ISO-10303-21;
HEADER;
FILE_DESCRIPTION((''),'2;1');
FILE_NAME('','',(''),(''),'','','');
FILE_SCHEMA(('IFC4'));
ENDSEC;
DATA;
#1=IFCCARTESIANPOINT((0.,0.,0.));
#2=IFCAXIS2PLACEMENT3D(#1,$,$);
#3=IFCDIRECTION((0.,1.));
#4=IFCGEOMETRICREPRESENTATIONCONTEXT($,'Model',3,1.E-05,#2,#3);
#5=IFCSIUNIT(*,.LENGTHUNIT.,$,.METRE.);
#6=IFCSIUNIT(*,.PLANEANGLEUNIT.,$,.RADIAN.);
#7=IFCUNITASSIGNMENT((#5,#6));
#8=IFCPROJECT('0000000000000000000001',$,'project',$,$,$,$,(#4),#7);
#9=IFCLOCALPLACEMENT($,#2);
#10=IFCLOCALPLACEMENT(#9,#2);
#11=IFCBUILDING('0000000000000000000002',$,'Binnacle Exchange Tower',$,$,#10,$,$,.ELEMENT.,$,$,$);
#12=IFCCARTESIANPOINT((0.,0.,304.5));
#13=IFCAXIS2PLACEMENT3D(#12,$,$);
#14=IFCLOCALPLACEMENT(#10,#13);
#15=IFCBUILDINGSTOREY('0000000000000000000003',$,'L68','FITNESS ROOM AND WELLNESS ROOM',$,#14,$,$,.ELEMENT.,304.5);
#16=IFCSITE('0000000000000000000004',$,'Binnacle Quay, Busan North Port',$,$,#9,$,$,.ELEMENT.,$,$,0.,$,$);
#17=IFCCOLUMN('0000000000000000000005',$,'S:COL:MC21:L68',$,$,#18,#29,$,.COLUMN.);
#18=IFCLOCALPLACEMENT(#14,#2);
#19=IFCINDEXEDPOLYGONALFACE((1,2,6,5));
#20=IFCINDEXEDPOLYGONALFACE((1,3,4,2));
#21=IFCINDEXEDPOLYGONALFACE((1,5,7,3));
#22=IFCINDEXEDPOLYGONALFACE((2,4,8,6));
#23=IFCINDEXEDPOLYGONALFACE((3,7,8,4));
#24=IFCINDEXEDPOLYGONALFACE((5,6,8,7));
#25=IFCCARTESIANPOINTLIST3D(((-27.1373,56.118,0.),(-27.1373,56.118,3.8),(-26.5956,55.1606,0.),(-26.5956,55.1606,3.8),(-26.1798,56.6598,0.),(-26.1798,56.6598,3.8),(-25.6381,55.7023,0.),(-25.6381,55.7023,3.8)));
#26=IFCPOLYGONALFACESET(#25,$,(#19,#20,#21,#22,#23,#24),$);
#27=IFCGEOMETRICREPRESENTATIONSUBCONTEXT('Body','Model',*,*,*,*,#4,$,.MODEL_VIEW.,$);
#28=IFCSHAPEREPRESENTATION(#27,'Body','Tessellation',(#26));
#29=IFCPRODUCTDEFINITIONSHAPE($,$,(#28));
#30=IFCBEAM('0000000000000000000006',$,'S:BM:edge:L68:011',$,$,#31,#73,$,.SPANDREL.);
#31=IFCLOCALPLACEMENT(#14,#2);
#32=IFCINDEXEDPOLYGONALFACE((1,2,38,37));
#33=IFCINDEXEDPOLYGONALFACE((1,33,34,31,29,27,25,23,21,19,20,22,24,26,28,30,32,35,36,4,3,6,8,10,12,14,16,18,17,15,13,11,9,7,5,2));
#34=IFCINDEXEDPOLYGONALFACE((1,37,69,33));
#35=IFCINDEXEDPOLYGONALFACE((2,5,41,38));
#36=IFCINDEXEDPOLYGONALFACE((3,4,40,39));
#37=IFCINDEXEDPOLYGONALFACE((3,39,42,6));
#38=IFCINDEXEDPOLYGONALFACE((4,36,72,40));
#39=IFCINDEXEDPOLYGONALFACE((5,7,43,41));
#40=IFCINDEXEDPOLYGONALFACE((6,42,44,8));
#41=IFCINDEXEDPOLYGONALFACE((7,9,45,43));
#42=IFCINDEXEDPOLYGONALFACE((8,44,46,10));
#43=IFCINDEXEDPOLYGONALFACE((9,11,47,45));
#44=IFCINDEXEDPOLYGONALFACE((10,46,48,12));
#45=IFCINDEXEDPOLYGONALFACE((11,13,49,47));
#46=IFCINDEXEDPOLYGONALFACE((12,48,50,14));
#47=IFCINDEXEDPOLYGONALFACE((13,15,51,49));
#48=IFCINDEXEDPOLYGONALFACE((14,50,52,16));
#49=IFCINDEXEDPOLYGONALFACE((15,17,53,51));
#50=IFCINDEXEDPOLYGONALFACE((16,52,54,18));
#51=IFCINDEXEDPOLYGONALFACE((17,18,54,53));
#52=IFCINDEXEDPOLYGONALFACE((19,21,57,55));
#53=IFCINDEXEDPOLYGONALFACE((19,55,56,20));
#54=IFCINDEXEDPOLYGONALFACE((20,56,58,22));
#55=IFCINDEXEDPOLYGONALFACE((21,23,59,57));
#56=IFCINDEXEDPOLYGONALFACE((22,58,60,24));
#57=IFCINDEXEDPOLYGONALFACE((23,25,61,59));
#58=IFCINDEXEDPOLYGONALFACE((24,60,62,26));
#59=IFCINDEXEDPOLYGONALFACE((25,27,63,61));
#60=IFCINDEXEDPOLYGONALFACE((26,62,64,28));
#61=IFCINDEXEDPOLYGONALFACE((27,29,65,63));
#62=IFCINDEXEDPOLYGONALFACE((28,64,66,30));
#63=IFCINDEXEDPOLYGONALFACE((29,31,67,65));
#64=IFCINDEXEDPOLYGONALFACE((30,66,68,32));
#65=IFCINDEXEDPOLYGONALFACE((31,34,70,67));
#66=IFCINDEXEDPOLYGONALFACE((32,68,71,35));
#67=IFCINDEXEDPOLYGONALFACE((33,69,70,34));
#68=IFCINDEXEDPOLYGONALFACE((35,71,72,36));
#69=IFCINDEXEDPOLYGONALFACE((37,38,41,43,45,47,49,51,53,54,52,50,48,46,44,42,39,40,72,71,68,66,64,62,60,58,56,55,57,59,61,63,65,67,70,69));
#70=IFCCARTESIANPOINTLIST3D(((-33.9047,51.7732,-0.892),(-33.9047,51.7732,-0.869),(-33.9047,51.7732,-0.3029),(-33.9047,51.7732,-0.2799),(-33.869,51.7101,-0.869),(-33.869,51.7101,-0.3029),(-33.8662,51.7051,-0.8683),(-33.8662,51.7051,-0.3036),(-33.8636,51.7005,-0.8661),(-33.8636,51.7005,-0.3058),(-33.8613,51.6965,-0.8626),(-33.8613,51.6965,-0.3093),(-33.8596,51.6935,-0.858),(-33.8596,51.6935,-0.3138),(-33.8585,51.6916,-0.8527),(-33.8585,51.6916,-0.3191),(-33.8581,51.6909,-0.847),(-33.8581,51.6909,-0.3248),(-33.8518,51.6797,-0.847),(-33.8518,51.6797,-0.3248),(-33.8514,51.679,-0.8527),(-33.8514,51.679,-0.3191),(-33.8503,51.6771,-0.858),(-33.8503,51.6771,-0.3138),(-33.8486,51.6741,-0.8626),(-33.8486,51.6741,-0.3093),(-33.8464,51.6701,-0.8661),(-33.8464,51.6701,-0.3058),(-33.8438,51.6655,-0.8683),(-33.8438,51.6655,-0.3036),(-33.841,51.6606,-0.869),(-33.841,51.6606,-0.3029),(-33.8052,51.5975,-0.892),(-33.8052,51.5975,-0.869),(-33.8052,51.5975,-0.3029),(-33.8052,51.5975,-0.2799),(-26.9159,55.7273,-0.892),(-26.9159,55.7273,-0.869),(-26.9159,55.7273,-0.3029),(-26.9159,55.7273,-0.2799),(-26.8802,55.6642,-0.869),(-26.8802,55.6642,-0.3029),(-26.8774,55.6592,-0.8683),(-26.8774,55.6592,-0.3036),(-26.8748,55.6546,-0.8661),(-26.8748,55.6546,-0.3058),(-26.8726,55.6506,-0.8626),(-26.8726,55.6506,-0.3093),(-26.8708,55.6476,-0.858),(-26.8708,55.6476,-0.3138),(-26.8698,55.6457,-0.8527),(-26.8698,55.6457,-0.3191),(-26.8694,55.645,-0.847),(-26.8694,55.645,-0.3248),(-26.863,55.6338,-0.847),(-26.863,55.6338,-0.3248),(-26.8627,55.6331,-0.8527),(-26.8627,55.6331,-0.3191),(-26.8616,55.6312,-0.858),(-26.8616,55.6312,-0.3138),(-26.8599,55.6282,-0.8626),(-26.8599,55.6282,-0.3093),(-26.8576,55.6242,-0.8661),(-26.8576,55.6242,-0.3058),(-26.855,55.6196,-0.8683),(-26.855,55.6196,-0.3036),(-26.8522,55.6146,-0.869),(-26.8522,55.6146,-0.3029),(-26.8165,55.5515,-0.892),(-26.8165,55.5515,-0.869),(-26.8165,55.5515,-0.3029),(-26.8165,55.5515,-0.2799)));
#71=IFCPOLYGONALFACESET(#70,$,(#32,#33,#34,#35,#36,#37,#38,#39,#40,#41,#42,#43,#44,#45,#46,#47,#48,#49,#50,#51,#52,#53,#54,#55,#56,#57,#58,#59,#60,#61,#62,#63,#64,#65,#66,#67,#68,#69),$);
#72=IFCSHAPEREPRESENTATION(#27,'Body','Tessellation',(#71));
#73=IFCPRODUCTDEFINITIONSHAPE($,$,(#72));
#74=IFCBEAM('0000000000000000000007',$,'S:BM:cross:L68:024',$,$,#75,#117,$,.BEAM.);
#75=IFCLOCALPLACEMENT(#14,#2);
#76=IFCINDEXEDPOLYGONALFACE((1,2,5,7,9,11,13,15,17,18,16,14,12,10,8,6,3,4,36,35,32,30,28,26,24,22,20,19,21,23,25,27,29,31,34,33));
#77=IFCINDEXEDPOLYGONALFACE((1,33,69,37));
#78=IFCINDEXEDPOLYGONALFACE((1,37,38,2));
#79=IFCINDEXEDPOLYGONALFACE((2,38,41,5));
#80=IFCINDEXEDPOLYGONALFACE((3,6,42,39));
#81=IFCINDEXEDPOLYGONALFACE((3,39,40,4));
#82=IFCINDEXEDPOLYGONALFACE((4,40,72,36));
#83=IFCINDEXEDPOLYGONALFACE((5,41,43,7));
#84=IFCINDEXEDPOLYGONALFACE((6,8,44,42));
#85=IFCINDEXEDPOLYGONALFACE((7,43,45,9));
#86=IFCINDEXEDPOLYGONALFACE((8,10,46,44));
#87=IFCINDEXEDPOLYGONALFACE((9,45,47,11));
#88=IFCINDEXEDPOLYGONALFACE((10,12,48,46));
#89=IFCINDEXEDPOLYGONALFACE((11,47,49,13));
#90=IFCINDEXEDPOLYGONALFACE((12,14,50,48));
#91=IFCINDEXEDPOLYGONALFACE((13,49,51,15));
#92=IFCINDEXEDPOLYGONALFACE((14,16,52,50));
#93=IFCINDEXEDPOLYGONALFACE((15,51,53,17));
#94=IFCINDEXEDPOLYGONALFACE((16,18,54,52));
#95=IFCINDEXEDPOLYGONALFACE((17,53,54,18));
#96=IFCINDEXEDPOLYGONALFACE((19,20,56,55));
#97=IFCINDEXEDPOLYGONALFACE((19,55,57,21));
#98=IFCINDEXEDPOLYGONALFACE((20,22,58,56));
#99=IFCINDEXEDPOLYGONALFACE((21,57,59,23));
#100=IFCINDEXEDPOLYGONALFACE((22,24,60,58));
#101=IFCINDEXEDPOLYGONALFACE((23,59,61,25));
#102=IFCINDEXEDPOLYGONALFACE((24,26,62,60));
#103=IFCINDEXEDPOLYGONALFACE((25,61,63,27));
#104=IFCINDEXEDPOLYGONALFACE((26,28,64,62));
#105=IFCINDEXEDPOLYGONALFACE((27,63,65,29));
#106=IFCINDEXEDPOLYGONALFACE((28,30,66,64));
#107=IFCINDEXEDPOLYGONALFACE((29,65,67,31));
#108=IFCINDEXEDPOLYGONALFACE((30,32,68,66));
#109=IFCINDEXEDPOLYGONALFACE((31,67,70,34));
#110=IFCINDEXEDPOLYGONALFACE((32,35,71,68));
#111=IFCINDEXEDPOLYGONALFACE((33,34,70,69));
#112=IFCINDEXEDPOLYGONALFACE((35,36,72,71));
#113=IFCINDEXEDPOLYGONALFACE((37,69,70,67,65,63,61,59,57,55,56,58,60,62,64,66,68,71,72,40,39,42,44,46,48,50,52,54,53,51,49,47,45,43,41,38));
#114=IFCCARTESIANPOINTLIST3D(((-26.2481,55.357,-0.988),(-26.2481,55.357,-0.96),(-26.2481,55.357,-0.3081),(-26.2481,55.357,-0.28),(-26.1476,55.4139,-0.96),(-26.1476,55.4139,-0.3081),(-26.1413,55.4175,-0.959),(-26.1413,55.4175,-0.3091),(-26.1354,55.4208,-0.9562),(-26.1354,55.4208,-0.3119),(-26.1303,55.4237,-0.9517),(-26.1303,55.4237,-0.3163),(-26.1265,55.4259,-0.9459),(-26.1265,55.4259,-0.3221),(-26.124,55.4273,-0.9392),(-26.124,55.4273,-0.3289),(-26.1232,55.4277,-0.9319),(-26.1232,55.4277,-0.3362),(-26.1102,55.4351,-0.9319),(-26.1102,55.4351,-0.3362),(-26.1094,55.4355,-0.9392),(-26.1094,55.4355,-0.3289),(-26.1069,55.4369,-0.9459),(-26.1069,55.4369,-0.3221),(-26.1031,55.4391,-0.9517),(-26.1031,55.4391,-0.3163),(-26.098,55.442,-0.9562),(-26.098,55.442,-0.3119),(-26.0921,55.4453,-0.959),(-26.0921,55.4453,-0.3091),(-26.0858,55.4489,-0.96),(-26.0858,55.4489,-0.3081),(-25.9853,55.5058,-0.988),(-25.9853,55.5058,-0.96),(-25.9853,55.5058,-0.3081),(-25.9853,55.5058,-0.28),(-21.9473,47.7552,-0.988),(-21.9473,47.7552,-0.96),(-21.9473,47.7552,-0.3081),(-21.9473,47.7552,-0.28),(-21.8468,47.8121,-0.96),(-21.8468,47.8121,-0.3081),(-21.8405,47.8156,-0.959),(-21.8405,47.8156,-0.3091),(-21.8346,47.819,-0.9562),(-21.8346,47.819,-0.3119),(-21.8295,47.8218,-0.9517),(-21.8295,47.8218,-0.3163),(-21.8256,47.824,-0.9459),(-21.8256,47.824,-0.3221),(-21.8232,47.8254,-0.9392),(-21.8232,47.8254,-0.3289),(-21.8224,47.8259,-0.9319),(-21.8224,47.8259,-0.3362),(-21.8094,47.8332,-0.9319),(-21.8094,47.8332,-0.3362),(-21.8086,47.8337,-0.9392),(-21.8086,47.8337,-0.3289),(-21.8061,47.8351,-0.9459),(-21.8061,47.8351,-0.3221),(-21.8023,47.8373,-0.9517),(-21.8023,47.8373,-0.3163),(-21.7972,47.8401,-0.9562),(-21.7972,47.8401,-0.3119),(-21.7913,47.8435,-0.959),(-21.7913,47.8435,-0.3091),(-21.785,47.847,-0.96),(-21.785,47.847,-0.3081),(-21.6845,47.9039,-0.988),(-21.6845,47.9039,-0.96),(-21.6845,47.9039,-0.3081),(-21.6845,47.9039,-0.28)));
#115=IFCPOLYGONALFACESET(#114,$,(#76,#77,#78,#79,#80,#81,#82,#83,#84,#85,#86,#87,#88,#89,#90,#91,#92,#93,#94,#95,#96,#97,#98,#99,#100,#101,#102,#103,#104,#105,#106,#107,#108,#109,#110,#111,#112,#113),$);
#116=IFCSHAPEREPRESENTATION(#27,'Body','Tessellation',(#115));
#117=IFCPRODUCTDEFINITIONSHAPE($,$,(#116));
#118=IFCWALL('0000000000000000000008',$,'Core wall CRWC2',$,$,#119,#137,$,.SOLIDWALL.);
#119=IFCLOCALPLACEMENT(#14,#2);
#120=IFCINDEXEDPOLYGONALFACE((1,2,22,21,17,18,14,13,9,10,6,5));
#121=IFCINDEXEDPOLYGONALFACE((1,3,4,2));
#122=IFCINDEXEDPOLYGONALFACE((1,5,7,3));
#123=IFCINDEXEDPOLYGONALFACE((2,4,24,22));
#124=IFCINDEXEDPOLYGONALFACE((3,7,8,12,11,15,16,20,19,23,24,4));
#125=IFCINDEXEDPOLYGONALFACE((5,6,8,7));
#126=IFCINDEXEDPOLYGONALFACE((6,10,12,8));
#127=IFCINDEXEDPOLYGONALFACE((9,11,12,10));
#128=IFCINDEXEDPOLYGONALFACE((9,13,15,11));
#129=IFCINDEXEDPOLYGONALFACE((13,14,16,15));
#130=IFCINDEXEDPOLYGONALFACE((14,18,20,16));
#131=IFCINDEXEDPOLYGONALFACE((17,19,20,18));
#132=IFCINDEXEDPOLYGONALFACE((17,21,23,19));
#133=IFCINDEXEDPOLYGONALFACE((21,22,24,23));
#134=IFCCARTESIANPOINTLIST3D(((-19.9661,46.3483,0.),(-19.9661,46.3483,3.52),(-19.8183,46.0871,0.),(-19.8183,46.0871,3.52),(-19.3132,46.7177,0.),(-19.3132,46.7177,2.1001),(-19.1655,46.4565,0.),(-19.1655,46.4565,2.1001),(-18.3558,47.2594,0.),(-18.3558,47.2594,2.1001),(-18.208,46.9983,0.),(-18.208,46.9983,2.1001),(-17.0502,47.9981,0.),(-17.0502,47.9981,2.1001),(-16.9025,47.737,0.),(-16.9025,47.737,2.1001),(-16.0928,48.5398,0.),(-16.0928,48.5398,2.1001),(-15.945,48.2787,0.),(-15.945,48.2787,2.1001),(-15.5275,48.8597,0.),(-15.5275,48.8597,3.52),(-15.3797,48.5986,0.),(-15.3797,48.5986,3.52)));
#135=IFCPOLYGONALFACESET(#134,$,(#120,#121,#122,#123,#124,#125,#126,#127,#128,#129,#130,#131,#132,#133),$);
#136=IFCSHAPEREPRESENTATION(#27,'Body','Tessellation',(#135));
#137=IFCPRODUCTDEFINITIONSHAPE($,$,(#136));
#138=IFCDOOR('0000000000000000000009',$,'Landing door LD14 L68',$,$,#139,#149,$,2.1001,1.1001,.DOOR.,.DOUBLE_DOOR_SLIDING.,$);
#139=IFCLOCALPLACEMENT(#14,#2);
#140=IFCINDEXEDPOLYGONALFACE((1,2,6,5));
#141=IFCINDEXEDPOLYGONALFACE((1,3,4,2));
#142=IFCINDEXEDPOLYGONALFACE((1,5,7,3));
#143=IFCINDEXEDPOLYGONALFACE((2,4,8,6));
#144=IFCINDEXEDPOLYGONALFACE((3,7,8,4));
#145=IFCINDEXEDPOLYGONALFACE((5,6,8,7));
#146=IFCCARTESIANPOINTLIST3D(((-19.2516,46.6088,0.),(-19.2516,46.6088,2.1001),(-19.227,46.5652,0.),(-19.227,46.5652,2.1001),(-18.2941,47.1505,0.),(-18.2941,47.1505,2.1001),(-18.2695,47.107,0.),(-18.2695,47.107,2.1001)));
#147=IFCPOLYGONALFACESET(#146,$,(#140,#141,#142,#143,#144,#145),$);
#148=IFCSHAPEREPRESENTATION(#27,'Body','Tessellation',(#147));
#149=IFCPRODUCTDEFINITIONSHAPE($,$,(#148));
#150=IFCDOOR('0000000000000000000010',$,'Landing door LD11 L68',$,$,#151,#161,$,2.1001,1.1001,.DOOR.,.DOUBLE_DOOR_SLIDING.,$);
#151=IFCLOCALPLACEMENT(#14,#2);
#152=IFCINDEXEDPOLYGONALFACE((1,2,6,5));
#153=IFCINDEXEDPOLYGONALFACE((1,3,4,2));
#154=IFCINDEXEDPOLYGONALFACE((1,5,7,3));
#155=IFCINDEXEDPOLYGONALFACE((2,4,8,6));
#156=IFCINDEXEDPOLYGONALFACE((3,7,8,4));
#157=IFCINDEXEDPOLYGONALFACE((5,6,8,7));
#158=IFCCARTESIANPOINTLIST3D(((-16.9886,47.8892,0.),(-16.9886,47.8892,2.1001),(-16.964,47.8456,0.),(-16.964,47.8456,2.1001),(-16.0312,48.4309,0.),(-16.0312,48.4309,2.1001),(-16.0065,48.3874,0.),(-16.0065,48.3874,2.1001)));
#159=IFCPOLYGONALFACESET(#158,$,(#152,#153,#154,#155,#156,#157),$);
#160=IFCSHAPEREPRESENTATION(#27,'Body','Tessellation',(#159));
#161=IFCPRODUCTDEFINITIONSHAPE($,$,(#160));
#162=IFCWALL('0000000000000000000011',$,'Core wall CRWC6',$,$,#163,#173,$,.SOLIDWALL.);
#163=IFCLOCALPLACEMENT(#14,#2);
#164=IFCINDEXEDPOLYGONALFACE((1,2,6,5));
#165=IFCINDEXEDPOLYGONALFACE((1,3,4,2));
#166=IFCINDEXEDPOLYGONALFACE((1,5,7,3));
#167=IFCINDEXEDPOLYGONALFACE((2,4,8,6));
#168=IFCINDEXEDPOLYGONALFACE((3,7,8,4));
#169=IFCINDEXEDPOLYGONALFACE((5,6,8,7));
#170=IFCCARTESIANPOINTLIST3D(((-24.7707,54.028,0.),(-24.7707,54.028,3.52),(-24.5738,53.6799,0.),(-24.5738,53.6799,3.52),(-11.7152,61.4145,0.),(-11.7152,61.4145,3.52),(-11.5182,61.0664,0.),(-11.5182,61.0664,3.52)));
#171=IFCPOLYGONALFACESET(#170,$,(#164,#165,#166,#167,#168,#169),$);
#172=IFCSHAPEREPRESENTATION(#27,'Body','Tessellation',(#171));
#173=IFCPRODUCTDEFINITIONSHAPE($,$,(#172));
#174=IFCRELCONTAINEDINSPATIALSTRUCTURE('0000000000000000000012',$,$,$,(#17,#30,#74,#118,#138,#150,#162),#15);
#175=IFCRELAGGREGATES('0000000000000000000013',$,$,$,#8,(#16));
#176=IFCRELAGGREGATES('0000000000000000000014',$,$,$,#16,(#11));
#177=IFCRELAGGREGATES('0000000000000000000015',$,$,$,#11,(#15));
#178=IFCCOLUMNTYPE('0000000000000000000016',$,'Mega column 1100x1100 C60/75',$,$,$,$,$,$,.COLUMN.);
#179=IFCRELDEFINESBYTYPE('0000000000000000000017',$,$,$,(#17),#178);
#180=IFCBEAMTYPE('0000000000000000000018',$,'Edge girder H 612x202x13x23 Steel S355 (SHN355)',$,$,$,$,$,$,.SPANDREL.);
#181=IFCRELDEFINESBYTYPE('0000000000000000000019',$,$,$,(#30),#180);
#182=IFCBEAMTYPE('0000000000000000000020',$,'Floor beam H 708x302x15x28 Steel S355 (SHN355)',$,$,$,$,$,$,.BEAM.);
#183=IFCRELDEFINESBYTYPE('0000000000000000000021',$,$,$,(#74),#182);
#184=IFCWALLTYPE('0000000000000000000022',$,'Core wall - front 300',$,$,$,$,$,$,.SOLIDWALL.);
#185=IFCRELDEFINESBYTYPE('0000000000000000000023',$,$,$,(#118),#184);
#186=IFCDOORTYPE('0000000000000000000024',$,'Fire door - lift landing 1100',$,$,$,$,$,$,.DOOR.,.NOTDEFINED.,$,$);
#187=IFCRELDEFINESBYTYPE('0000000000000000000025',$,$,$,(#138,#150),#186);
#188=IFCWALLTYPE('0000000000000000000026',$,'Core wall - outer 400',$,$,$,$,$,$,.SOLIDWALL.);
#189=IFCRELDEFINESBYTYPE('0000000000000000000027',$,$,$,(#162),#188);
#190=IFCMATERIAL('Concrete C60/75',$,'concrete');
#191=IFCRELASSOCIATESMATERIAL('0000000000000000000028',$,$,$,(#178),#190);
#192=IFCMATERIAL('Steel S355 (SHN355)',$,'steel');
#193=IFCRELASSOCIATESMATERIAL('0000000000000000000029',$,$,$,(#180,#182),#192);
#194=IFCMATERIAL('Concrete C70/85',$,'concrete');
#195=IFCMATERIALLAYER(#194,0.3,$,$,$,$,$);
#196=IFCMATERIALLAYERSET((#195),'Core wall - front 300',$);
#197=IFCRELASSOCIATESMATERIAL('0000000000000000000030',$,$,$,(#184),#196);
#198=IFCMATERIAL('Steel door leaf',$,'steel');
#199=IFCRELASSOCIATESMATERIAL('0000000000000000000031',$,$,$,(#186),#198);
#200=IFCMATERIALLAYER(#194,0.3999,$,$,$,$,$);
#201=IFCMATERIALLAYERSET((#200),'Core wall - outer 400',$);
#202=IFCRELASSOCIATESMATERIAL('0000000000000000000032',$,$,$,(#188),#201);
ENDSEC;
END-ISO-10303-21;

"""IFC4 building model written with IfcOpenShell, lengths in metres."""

from ifc_helpers import new_model, si_unit, direction, frame, frame_2d, origin, origin_2d, place, context, subcontext, project, spatial, rectangle, i_section, extrude, material, layer, layer_set, material_profile, profile_set, type_object, element, fill, save


model = new_model("IFC4")

# Units and contexts
model_context = context("Model", 3, precision=1e-05, world=origin(), true_north=direction((0.0, 1.0)))
body_context = subcontext(model_context, "Body", "Model", "MODEL_VIEW")
ifc_project = project(units=[si_unit("LENGTHUNIT", "METRE"), si_unit("PLANEANGLEUNIT", "RADIAN")], contexts=[model_context])

# Site, building, storey
site_placement = place(None, origin())
site = spatial("IfcSite", under=ifc_project, at=site_placement, Name="Binnacle Quay, Busan North Port", CompositionType="ELEMENT", RefElevation=0.0)
building_placement = place(site_placement, origin())
building = spatial("IfcBuilding", under=site, at=building_placement, Name="Binnacle Exchange Tower", CompositionType="ELEMENT")
storey_placement = place(building_placement, frame((0.0, 0.0, 304.5)))
storey = spatial("IfcBuildingStorey", under=building, at=storey_placement, Name="L68", Description="FITNESS ROOM AND WELLNESS ROOM", CompositionType="ELEMENT", Elevation=304.5)

# Column
ifc_material_1 = material(Name="Concrete C60/75", Category="concrete")
ifc_material_profile_1 = material_profile(ifc_material_1, rectangle(XDim=1.1001, YDim=1.1001, at=origin_2d()), Name="Mega column 1100x1100 C60/75")
ifc_profile_set_1 = profile_set([ifc_material_profile_1], Name="Concrete C60/75")
column_type = type_object("IfcColumnType", Name="Mega column 1100x1100 C60/75", PredefinedType="COLUMN", material=ifc_profile_set_1)
column_placement = place(storey_placement, frame((-26.3877, 55.9102, 0.0), z_axis=(0.0, 0.0, 1.0), x_axis=(-0.870356, -0.492424, 0.0)))
element("IfcColumn", 1, at=column_placement, inside=storey, type_object=column_type, Name="S:COL:MC21:L68", PredefinedType="COLUMN", context=body_context, shape_type="SweptSolid", body=[
    extrude(rectangle(XDim=1.1001, YDim=1.1001, at=origin_2d()), origin(), (0.0, 0.0, 1.0), 3.8),
])

# Beams
ifc_material_2 = material(Name="Steel S355 (SHN355)", Category="steel")
ifc_material_profile_2 = material_profile(ifc_material_2, i_section(OverallWidth=0.2019, OverallDepth=0.6121, WebThickness=0.0129, FlangeThickness=0.0229, FilletRadius=0.022, at=origin_2d()), Name="H 612x202x13x23")
ifc_profile_set_2 = profile_set([ifc_material_profile_2], Name="Steel S355 (SHN355)")
beam_type_1 = type_object("IfcBeamType", Name="Edge girder H 612x202x13x23 Steel S355 (SHN355)", PredefinedType="SPANDREL", material=ifc_profile_set_2)
beam_1_placement = place(storey_placement, frame((-26.8662, 55.6394, -0.5859), z_axis=(-0.870353, -0.492428, 0.0), x_axis=(0.492428, -0.870353, 0.0)))
element("IfcBeam", 2, at=beam_1_placement, inside=storey, type_object=beam_type_1, Name="S:BM:edge:L68:011", PredefinedType="SPANDREL", context=body_context, shape_type="SweptSolid", body=[
    extrude(i_section(OverallWidth=0.2019, OverallDepth=0.6121, WebThickness=0.0129, FlangeThickness=0.0229, FilletRadius=0.022, at=origin_2d()), origin(), (0.0, 0.0, 1.0), 8.0298),
])
ifc_material_profile_3 = material_profile(ifc_material_2, i_section(OverallWidth=0.302, OverallDepth=0.708, WebThickness=0.0149, FlangeThickness=0.0281, FilletRadius=0.0281, at=origin_2d()), Name="H 708x302x15x28")
ifc_profile_set_3 = profile_set([ifc_material_profile_3], Name="Steel S355 (SHN355)")
beam_type_2 = type_object("IfcBeamType", Name="Floor beam H 708x302x15x28 Steel S355 (SHN355)", PredefinedType="BEAM", material=ifc_profile_set_3)
beam_2_placement = place(storey_placement, frame((-26.1167, 55.4314, -0.634), z_axis=(0.492414, -0.870361, 0.0), x_axis=(0.870361, 0.492414, 0.0)))
element("IfcBeam", 3, at=beam_2_placement, inside=storey, type_object=beam_type_2, Name="S:BM:cross:L68:024", PredefinedType="BEAM", context=body_context, shape_type="SweptSolid", body=[
    extrude(i_section(OverallWidth=0.302, OverallDepth=0.708, WebThickness=0.0149, FlangeThickness=0.0281, FilletRadius=0.0281, at=origin_2d()), origin(), (0.0, 0.0, 1.0), 8.7341),
])

# Wall, openings, doors
ifc_material_3 = material(Name="Concrete C70/85", Category="concrete")
ifc_layer_1 = layer(ifc_material_3, 0.3)
ifc_layer_set_1 = layer_set([ifc_layer_1], Name="Core wall - front 300")
wall_type_1 = type_object("IfcWallType", Name="Core wall - front 300", PredefinedType="SOLIDWALL", material=ifc_layer_set_1)
wall_1_placement = place(storey_placement, frame((-19.8921, 46.2178, 0.0), z_axis=(0.0, 0.0, 1.0), x_axis=(0.870342, 0.492448, 0.0)))
wall_1 = element("IfcWall", 4, at=wall_1_placement, inside=storey, type_object=wall_type_1, Name="Core wall CRWC2", PredefinedType="SOLIDWALL", context=body_context, shape_type="SweptSolid", body=[
    extrude(rectangle(XDim=5.0999, YDim=0.3, at=frame_2d((2.5498, 0.0))), origin(), (0.0, 0.0, 1.0), 3.52),
])
opening_1_placement = place(wall_1_placement, frame((0.75, 0.0, 0.0)))
opening_1 = element("IfcOpeningElement", 5, at=opening_1_placement, cuts=wall_1, PredefinedType="OPENING", context=body_context, shape_type="SweptSolid", body=[
    extrude(rectangle(XDim=1.1001, YDim=2.1001, at=frame_2d((0.55, 1.05))), frame((0.0, 0.1599, 0.0), z_axis=(0.0, -1.0, 0.0), x_axis=(1.0, 0.0, 0.0)), (0.0, 0.0, 1.0), 0.3201),
])
opening_2_placement = place(wall_1_placement, frame((3.3501, 0.0, 0.0)))
opening_2 = element("IfcOpeningElement", 6, at=opening_2_placement, cuts=wall_1, PredefinedType="OPENING", context=body_context, shape_type="SweptSolid", body=[
    extrude(rectangle(XDim=1.1001, YDim=2.1001, at=frame_2d((0.55, 1.05))), frame((0.0, 0.1599, 0.0), z_axis=(0.0, -1.0, 0.0), x_axis=(1.0, 0.0, 0.0)), (0.0, 0.0, 1.0), 0.3201),
])
ifc_material_4 = material(Name="Steel door leaf", Category="steel")
door_type_1 = type_object("IfcDoorType", Name="Fire door - lift landing 1100", OperationType="NOTDEFINED", PredefinedType="DOOR", material=ifc_material_4)
door_1_placement = place(opening_1_placement, origin())
door_1 = element("IfcDoor", 7, at=door_1_placement, inside=storey, type_object=door_type_1, Name="Landing door LD14 L68", OperationType="DOUBLE_DOOR_SLIDING", OverallHeight=2.1001, OverallWidth=1.1001, PredefinedType="DOOR", context=body_context, shape_type="SweptSolid", body=[
    extrude(rectangle(XDim=1.1001, YDim=2.1001, at=frame_2d((0.55, 1.05))), frame((0.0, 0.0249, 0.0), z_axis=(0.0, -1.0, 0.0), x_axis=(1.0, 0.0, 0.0)), (0.0, 0.0, 1.0), 0.05),
])
fill(opening_1, door_1)
door_2_placement = place(opening_2_placement, origin())
door_2 = element("IfcDoor", 8, at=door_2_placement, inside=storey, type_object=door_type_1, Name="Landing door LD11 L68", OperationType="DOUBLE_DOOR_SLIDING", OverallHeight=2.1001, OverallWidth=1.1001, PredefinedType="DOOR", context=body_context, shape_type="SweptSolid", body=[
    extrude(rectangle(XDim=1.1001, YDim=2.1001, at=frame_2d((0.55, 1.05))), frame((0.0, 0.0249, 0.0), z_axis=(0.0, -1.0, 0.0), x_axis=(1.0, 0.0, 0.0)), (0.0, 0.0, 1.0), 0.05),
])
fill(opening_2, door_2)

# Wall
ifc_layer_2 = layer(ifc_material_3, 0.3999)
ifc_layer_set_2 = layer_set([ifc_layer_2], Name="Core wall - outer 400")
wall_type_2 = type_object("IfcWallType", Name="Core wall - outer 400", PredefinedType="SOLIDWALL", material=ifc_layer_set_2)
wall_2_placement = place(storey_placement, frame((-24.6721, 53.854, 0.0), z_axis=(0.0, 0.0, 1.0), x_axis=(0.870354, 0.492427, 0.0)))
element("IfcWall", 9, at=wall_2_placement, inside=storey, type_object=wall_type_2, Name="Core wall CRWC6", PredefinedType="SOLIDWALL", context=body_context, shape_type="SweptSolid", body=[
    extrude(rectangle(XDim=15.0002, YDim=0.3999, at=frame_2d((7.5, 0.0))), origin(), (0.0, 0.0, 1.0), 3.52),
])

save(model, "model.ifc")
